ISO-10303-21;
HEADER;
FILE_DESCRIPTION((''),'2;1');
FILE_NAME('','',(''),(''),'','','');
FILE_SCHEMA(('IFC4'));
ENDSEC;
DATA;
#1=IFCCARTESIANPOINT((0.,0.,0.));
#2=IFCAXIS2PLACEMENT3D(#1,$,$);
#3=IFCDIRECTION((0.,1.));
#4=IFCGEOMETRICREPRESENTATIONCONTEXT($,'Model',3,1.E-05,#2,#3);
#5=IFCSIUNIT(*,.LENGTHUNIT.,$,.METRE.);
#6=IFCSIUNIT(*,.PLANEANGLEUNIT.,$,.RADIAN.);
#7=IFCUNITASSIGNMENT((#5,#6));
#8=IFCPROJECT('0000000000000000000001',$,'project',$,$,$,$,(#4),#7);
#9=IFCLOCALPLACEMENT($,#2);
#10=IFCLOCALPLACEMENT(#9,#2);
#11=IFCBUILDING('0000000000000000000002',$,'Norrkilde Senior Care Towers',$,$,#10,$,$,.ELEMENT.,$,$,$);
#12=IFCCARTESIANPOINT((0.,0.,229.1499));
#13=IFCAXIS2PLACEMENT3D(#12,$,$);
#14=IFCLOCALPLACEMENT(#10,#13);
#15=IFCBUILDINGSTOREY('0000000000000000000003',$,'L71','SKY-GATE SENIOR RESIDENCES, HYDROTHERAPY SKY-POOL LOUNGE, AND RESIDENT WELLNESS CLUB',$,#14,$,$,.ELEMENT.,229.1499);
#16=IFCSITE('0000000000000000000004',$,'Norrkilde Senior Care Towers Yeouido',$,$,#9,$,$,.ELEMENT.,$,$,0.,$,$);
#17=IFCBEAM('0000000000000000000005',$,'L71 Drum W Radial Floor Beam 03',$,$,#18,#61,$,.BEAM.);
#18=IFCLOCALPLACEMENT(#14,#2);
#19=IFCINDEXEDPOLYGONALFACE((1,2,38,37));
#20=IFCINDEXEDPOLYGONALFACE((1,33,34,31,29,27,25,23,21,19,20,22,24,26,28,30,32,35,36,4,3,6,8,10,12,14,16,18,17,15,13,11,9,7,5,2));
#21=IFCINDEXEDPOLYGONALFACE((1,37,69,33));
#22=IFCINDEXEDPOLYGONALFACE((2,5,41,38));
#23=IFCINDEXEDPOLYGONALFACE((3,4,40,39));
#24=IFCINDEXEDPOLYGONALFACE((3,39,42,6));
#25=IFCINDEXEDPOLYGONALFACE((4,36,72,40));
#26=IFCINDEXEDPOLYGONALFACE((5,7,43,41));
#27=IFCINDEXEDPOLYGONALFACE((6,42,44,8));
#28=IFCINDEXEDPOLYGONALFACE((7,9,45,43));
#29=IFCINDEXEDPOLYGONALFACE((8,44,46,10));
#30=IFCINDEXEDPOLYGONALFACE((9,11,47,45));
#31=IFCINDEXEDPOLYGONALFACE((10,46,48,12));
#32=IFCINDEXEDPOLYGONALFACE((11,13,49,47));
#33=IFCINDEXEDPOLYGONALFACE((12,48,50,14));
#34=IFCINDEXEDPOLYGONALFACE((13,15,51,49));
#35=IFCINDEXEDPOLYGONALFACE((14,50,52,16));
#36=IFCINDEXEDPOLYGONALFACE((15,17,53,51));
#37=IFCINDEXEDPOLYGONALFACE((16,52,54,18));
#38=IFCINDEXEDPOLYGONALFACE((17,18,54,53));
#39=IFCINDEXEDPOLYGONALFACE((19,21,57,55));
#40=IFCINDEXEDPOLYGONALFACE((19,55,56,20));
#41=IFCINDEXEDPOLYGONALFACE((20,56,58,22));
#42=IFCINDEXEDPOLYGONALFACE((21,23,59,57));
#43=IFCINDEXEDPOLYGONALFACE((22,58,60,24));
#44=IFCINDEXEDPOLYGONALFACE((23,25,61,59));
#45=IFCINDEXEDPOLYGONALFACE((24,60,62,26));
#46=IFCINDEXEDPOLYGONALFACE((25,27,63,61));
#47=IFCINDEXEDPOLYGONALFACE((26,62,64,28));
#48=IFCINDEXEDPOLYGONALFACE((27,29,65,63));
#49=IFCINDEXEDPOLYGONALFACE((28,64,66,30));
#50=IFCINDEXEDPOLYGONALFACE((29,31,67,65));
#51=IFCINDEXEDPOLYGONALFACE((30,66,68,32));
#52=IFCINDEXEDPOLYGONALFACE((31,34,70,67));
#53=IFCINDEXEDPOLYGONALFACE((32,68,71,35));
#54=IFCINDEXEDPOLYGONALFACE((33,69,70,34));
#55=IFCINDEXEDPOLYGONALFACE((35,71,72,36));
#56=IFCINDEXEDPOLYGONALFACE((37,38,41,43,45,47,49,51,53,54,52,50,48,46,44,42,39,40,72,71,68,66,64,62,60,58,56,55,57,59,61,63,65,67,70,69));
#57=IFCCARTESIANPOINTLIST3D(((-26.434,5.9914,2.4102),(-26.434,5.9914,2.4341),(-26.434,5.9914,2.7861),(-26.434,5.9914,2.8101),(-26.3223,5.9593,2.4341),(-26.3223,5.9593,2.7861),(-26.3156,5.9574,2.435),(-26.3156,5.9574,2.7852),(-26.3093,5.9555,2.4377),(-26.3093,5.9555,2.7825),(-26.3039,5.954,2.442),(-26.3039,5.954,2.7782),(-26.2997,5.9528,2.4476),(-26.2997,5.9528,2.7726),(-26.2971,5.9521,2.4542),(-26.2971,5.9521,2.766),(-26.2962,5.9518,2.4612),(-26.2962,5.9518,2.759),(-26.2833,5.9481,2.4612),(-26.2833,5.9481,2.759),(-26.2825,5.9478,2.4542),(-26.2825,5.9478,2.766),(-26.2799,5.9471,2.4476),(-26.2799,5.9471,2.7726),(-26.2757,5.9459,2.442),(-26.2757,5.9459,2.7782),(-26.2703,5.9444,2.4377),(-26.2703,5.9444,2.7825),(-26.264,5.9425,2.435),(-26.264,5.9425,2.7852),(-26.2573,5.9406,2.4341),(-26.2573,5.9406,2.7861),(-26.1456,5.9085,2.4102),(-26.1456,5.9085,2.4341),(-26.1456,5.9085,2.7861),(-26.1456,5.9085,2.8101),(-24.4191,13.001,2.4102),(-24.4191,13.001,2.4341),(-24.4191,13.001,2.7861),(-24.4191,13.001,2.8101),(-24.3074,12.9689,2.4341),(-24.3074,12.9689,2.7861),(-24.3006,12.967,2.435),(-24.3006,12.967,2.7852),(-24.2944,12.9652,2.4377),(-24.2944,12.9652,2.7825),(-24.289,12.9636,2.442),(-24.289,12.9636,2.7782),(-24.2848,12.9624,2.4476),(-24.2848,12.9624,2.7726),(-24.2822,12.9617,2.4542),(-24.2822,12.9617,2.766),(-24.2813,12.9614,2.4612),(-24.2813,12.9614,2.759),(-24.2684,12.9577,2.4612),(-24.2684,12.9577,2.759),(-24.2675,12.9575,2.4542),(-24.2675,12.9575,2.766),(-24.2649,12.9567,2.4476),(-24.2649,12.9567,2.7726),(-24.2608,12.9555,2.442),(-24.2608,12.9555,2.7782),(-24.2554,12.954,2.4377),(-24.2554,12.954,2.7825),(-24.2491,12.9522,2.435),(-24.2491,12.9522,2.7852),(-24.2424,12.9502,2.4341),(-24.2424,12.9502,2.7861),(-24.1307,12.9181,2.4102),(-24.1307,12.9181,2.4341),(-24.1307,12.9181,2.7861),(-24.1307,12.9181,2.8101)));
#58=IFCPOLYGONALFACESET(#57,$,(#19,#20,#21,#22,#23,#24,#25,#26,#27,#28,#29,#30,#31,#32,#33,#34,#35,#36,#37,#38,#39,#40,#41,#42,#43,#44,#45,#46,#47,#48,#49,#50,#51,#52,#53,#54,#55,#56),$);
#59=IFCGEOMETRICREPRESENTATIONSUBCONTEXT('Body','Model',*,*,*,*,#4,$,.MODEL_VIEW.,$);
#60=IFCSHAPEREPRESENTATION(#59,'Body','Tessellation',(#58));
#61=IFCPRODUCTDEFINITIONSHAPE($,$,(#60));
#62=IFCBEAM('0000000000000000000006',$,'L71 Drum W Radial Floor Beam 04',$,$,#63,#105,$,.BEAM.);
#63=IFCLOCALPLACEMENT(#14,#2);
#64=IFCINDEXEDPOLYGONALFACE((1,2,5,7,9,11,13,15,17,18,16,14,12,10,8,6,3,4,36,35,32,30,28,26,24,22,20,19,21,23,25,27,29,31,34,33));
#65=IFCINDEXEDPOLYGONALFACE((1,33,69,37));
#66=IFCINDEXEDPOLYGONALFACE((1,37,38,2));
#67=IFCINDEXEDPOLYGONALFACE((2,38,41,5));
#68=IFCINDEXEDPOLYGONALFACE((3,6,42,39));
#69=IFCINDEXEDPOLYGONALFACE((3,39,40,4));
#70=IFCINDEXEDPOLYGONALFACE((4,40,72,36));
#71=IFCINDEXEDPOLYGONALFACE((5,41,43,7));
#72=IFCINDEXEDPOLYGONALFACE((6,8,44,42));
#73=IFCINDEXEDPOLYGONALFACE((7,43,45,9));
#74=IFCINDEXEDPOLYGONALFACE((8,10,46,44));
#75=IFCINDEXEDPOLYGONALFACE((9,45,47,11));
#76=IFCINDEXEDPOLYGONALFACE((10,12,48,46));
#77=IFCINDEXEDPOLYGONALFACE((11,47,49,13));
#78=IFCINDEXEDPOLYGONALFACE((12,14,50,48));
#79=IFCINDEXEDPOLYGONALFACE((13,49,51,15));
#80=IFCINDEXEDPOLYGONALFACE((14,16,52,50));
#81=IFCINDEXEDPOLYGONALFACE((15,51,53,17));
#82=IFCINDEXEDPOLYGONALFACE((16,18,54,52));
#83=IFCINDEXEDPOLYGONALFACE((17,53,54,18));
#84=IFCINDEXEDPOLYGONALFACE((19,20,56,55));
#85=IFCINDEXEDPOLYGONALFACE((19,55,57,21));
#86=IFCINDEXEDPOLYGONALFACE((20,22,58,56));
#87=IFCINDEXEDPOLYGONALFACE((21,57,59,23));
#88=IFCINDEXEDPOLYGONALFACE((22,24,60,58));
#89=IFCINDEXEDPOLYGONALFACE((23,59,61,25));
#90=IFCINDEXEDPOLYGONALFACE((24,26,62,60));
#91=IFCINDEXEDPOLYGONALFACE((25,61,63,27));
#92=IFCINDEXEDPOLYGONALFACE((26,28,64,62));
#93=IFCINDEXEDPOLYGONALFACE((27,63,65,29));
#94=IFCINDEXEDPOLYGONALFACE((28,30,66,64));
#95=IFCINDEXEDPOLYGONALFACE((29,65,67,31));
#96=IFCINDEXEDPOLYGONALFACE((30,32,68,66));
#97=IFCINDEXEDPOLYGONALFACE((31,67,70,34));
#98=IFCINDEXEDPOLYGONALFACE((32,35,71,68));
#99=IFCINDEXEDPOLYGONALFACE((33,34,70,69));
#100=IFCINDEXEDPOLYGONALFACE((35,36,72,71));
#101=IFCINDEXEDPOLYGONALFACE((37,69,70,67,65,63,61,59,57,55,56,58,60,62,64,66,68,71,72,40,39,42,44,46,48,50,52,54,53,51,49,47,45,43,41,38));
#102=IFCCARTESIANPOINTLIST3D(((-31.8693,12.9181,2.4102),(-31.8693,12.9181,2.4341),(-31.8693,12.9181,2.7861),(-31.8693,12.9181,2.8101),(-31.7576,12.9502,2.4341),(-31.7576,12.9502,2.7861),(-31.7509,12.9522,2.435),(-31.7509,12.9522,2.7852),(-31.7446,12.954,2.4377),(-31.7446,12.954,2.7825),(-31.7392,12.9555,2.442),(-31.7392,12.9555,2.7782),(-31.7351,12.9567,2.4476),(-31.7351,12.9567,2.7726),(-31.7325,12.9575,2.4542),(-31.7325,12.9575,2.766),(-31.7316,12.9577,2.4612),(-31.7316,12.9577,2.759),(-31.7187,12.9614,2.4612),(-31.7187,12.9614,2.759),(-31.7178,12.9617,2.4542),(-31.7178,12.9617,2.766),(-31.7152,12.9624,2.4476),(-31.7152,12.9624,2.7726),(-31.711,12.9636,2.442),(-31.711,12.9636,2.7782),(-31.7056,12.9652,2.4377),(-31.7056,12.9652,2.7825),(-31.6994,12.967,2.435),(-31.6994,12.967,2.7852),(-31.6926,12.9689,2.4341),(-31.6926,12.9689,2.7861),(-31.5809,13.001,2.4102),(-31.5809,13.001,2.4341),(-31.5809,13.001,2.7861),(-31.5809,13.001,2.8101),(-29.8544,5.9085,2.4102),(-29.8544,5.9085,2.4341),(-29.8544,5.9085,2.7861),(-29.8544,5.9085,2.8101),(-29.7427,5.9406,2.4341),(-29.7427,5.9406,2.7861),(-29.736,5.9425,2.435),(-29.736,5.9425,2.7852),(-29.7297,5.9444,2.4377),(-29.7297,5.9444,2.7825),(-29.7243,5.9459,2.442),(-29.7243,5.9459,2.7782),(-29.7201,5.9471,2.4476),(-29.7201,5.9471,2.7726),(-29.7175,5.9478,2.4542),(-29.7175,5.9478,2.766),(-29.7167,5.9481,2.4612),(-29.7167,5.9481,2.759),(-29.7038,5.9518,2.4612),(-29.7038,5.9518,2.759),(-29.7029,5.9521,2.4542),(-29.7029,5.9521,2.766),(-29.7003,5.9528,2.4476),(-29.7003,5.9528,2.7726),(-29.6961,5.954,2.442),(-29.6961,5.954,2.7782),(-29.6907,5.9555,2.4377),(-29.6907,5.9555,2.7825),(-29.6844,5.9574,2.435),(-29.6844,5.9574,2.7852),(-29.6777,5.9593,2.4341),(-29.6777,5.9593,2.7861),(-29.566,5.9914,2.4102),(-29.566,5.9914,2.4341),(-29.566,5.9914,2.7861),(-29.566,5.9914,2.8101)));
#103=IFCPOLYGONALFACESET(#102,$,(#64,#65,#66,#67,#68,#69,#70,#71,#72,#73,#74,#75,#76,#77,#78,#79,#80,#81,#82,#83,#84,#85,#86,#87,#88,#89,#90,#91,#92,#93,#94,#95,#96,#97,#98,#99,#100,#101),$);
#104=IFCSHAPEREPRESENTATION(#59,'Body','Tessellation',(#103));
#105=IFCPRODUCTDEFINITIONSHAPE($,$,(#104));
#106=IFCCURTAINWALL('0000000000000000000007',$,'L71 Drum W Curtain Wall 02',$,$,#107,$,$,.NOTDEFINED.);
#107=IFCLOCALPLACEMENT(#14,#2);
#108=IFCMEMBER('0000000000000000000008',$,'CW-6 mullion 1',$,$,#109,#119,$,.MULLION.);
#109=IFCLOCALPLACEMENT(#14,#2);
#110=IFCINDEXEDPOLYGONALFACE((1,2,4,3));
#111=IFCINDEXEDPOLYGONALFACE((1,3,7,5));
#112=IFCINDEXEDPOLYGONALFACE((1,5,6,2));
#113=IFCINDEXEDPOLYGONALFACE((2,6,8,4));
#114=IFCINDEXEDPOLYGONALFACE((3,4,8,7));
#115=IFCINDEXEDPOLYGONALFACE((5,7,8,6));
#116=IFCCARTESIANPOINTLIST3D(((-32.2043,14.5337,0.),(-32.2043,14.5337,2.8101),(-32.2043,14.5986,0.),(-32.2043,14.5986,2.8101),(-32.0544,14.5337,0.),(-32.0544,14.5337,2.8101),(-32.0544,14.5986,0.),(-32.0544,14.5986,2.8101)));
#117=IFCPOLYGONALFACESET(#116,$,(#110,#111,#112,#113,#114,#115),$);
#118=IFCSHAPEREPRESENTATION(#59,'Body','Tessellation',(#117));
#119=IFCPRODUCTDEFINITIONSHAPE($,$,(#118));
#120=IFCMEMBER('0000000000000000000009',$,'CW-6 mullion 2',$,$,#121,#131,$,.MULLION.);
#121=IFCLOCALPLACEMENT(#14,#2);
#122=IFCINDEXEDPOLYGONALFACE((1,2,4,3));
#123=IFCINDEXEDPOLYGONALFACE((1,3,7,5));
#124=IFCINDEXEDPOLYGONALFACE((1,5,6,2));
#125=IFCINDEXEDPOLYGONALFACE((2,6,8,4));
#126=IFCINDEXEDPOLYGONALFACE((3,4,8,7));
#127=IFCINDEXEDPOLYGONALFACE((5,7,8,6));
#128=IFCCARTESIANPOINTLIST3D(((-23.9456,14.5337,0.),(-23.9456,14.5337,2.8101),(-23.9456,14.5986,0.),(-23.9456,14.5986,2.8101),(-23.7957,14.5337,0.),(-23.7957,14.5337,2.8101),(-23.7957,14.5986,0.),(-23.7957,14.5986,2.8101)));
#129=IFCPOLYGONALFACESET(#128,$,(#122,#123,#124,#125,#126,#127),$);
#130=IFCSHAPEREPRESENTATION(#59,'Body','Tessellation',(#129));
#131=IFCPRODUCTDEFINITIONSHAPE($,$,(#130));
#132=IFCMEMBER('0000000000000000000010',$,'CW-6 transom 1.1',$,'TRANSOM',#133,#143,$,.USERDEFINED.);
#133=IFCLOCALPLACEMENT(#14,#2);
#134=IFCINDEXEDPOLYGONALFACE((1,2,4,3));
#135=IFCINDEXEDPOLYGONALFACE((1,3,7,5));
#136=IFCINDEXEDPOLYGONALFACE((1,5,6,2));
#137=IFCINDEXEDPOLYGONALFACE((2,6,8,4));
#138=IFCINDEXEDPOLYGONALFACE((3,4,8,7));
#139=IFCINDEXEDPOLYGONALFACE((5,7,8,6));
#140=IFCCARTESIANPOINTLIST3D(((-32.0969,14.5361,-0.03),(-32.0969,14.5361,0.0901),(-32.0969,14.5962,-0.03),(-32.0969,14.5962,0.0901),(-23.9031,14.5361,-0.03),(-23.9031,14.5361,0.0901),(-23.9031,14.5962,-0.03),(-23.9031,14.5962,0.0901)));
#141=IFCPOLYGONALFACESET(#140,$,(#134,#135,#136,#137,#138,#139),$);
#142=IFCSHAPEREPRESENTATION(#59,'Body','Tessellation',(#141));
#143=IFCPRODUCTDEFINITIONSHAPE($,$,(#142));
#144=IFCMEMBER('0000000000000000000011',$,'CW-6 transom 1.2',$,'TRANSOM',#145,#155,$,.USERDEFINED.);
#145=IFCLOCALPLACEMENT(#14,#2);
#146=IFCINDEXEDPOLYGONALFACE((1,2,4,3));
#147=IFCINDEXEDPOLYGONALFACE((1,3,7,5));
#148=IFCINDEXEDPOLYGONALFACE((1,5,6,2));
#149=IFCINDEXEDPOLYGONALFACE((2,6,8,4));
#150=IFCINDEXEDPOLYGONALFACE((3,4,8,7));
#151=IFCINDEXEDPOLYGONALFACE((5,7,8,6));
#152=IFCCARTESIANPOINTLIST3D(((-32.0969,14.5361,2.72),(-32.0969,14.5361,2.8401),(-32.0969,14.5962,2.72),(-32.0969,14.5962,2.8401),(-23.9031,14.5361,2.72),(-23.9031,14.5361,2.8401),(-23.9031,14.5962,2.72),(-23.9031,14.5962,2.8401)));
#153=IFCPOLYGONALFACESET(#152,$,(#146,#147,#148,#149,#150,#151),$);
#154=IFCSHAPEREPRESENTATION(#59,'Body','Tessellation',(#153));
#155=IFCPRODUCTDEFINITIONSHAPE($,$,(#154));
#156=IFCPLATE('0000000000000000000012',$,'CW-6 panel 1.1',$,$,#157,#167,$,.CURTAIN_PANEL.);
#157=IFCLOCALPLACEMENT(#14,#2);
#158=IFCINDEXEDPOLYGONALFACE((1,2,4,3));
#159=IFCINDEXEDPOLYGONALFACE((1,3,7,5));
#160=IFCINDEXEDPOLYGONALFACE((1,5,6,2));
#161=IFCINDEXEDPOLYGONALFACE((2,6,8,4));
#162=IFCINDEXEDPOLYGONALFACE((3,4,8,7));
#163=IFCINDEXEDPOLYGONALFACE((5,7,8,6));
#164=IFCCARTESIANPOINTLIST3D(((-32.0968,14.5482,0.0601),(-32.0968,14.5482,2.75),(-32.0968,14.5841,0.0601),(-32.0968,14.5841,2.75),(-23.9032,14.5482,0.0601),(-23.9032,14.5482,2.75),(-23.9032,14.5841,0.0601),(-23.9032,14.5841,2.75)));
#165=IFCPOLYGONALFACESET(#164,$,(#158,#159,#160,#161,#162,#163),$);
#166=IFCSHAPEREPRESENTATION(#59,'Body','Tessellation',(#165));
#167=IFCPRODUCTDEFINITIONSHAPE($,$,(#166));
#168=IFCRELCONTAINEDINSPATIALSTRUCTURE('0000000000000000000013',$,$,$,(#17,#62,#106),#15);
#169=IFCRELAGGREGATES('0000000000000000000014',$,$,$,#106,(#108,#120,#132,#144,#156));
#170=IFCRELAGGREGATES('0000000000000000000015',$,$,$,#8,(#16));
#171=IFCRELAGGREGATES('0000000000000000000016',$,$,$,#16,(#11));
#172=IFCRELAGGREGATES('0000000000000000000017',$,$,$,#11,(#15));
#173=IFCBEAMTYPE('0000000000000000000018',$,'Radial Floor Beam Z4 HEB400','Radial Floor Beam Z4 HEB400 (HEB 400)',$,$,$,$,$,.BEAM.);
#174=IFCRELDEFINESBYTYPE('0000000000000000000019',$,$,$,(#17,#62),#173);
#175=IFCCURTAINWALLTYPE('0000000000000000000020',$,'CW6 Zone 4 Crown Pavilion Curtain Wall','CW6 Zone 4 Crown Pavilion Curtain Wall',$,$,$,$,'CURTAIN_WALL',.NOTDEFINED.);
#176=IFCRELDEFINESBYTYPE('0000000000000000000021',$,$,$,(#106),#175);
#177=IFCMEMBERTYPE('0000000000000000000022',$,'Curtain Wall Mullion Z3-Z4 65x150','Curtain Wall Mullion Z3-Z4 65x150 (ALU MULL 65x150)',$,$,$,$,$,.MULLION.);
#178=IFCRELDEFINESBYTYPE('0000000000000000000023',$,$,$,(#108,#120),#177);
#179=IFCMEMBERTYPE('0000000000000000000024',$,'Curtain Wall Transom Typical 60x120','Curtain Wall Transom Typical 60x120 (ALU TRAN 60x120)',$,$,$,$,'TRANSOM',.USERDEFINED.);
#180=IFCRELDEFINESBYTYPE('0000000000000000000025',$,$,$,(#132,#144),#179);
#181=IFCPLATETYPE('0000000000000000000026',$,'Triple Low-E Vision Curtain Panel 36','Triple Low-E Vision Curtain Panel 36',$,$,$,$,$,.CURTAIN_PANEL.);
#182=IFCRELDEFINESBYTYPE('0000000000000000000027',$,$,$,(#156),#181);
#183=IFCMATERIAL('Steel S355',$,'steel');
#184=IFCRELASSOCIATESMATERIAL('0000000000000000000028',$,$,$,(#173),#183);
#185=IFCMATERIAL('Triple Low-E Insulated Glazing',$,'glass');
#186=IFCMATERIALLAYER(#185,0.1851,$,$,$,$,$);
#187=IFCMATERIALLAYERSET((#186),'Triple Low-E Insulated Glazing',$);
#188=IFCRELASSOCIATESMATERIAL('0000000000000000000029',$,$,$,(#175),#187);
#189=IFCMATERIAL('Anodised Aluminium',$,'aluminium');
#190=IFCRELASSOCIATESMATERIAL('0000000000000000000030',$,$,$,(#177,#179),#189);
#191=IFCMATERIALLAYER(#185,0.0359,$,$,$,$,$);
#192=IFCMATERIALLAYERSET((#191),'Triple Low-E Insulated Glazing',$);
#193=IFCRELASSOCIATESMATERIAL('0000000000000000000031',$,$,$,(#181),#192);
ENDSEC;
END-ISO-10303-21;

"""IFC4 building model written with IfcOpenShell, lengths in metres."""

from ifc_helpers import new_model, si_unit, direction, frame, origin, origin_2d, place, context, subcontext, project, spatial, rectangle, i_section, extrude, source, transform, mapped, material, layer, layer_set, material_profile, profile_set, type_object, type_shapes, element, aggregate, save


model = new_model("IFC4")

# Units and contexts
model_context = context("Model", 3, precision=1e-05, world=origin(), true_north=direction((0.0, 1.0)))
body_context = subcontext(model_context, "Body", "Model", "MODEL_VIEW")
ifc_project = project(units=[si_unit("LENGTHUNIT", "METRE"), si_unit("PLANEANGLEUNIT", "RADIAN")], contexts=[model_context])

# Site, building, storey
site_placement = place(None, origin())
site = spatial("IfcSite", under=ifc_project, at=site_placement, Name="Norrkilde Senior Care Towers Yeouido", CompositionType="ELEMENT", RefElevation=0.0)
building_placement = place(site_placement, origin())
building = spatial("IfcBuilding", under=site, at=building_placement, Name="Norrkilde Senior Care Towers", CompositionType="ELEMENT")
storey_placement = place(building_placement, frame((0.0, 0.0, 229.1499)))
storey = spatial("IfcBuildingStorey", under=building, at=storey_placement, Name="L71", Description="SKY-GATE SENIOR RESIDENCES, HYDROTHERAPY SKY-POOL LOUNGE, AND RESIDENT WELLNESS CLUB", CompositionType="ELEMENT", Elevation=229.1499)

# Beams
ifc_material_1 = material(Name="Steel S355", Category="steel")
ifc_material_profile_1 = material_profile(ifc_material_1, i_section(OverallWidth=0.3, OverallDepth=0.3999, WebThickness=0.0134, FlangeThickness=0.0239, FilletRadius=0.0271, at=origin_2d()), Name="HEB 400")
ifc_profile_set_1 = profile_set([ifc_material_profile_1], Name="Steel S355")
beam_type_1 = type_object("IfcBeamType", Name="Radial Floor Beam Z4 HEB400", Description="Radial Floor Beam Z4 HEB400 (HEB 400)", PredefinedType="BEAM", material=ifc_profile_set_1)
shared_shape_1 = source(origin(), body_context, "Body", "SweptSolid", [
    extrude(i_section(OverallWidth=0.3, OverallDepth=0.3999, WebThickness=0.0134, FlangeThickness=0.0239, FilletRadius=0.0271, at=origin_2d()), origin(), (0.0, 0.0, 1.0), 7.2935),
])
type_shapes(beam_type_1, [shared_shape_1])
for number, where, z_axis, x_axis, name in (
    (1, (-26.2898, 5.95, 2.6101), (0.276264, 0.961082, 0.0), (-0.961082, 0.276264, 0.0), "L71 Drum W Radial Floor Beam 03"),
    (2, (-29.7102, 5.95, 2.6101), (-0.276264, 0.961082, 0.0), (-0.961082, -0.276264, 0.0), "L71 Drum W Radial Floor Beam 04"),
):
    element("IfcBeam", number, at=place(storey_placement, frame(where, z_axis=z_axis, x_axis=x_axis)), inside=storey, type_object=beam_type_1, Name=name, PredefinedType="BEAM", context=body_context, shape_type="MappedRepresentation", body=[
        mapped(shared_shape_1, transform((0.0, 0.0, 0.0), x_axis=(1.0, 0.0, 0.0), y_axis=(0.0, 1.0, 0.0), z_axis=(0.0, 0.0, 1.0), scale=1.0)),
    ])

# Curtain wall, members, plate
ifc_material_2 = material(Name="Triple Low-E Insulated Glazing", Category="glass")
ifc_layer_1 = layer(ifc_material_2, 0.1851)
ifc_layer_set_1 = layer_set([ifc_layer_1], Name="Triple Low-E Insulated Glazing")
curtain_wall_type = type_object("IfcCurtainWallType", Name="CW6 Zone 4 Crown Pavilion Curtain Wall", Description="CW6 Zone 4 Crown Pavilion Curtain Wall", ElementType="CURTAIN_WALL", PredefinedType="NOTDEFINED", material=ifc_layer_set_1)
curtain_wall_placement = place(storey_placement, origin())
curtain_wall = element("IfcCurtainWall", 3, at=curtain_wall_placement, inside=storey, type_object=curtain_wall_type, Name="L71 Drum W Curtain Wall 02", PredefinedType="NOTDEFINED")
ifc_material_3 = material(Name="Anodised Aluminium", Category="aluminium")
ifc_material_profile_2 = material_profile(ifc_material_3, rectangle(XDim=0.0649, YDim=0.1499, at=origin_2d()), Name="ALU MULL 65x150")
ifc_profile_set_2 = profile_set([ifc_material_profile_2], Name="Anodised Aluminium")
member_type_1 = type_object("IfcMemberType", Name="Curtain Wall Mullion Z3-Z4 65x150", Description="Curtain Wall Mullion Z3-Z4 65x150 (ALU MULL 65x150)", PredefinedType="MULLION", material=ifc_profile_set_2)
shared_shape_2 = source(origin(), body_context, "Body", "SweptSolid", [
    extrude(rectangle(XDim=0.0649, YDim=0.1499, at=origin_2d()), origin(), (0.0, 0.0, 1.0), 2.8101),
])
type_shapes(member_type_1, [shared_shape_2])
member_1_placement = place(storey_placement, frame((-32.1294, 14.5662, 0.0), z_axis=(0.0, 0.0, 1.0), x_axis=(0.0, 1.0, 0.0)))
member_1 = element("IfcMember", 4, at=member_1_placement, type_object=member_type_1, Name="CW-6 mullion 1", PredefinedType="MULLION", context=body_context, shape_type="MappedRepresentation", body=[
    mapped(shared_shape_2, transform((0.0, 0.0, 0.0), x_axis=(1.0, 0.0, 0.0), y_axis=(0.0, 1.0, 0.0), z_axis=(0.0, 0.0, 1.0), scale=1.0)),
])
member_2_placement = place(storey_placement, frame((-23.8706, 14.5662, 0.0), z_axis=(0.0, 0.0, 1.0), x_axis=(0.0, 1.0, 0.0)))
member_2 = element("IfcMember", 5, at=member_2_placement, type_object=member_type_1, Name="CW-6 mullion 2", PredefinedType="MULLION", context=body_context, shape_type="MappedRepresentation", body=[
    mapped(shared_shape_2, transform((0.0, 0.0, 0.0), x_axis=(1.0, 0.0, 0.0), y_axis=(0.0, 1.0, 0.0), z_axis=(0.0, 0.0, 1.0), scale=1.0)),
])
ifc_material_profile_3 = material_profile(ifc_material_3, rectangle(XDim=0.0601, YDim=0.1201, at=origin_2d()), Name="ALU TRAN 60x120")
ifc_profile_set_3 = profile_set([ifc_material_profile_3], Name="Anodised Aluminium")
member_type_2 = type_object("IfcMemberType", Name="Curtain Wall Transom Typical 60x120", Description="Curtain Wall Transom Typical 60x120 (ALU TRAN 60x120)", ElementType="TRANSOM", PredefinedType="USERDEFINED", material=ifc_profile_set_3)
shared_shape_3 = source(origin(), body_context, "Body", "SweptSolid", [
    extrude(rectangle(XDim=0.0601, YDim=0.1201, at=origin_2d()), origin(), (0.0, 0.0, 1.0), 8.1938),
])
type_shapes(member_type_2, [shared_shape_3])
member_3_placement = place(storey_placement, frame((-32.0969, 14.5662, 0.03), z_axis=(1.0, 0.0, 0.0), x_axis=(0.0, 1.0, 0.0)))
member_3 = element("IfcMember", 6, at=member_3_placement, type_object=member_type_2, Name="CW-6 transom 1.1", ObjectType="TRANSOM", PredefinedType="USERDEFINED", context=body_context, shape_type="MappedRepresentation", body=[
    mapped(shared_shape_3, transform((0.0, 0.0, 0.0), x_axis=(1.0, 0.0, 0.0), y_axis=(0.0, 1.0, 0.0), z_axis=(0.0, 0.0, 1.0), scale=1.0)),
])
member_4_placement = place(storey_placement, frame((-32.0969, 14.5662, 2.78), z_axis=(1.0, 0.0, 0.0), x_axis=(0.0, 1.0, 0.0)))
member_4 = element("IfcMember", 7, at=member_4_placement, type_object=member_type_2, Name="CW-6 transom 1.2", ObjectType="TRANSOM", PredefinedType="USERDEFINED", context=body_context, shape_type="MappedRepresentation", body=[
    mapped(shared_shape_3, transform((0.0, 0.0, 0.0), x_axis=(1.0, 0.0, 0.0), y_axis=(0.0, 1.0, 0.0), z_axis=(0.0, 0.0, 1.0), scale=1.0)),
])
ifc_layer_2 = layer(ifc_material_2, 0.0359)
ifc_layer_set_2 = layer_set([ifc_layer_2], Name="Triple Low-E Insulated Glazing")
plate_type = type_object("IfcPlateType", Name="Triple Low-E Vision Curtain Panel 36", Description="Triple Low-E Vision Curtain Panel 36", PredefinedType="CURTAIN_PANEL", material=ifc_layer_set_2)
shared_shape_4 = source(origin(), body_context, "Body", "SweptSolid", [
    extrude(rectangle(XDim=8.1936, YDim=0.0359, at=origin_2d()), origin(), (0.0, 0.0, 1.0), 2.6899),
])
type_shapes(plate_type, [shared_shape_4])
plate_placement = place(storey_placement, frame((-28.0, 14.5662, 0.0601), z_axis=(0.0, 0.0, 1.0), x_axis=(1.0, 0.0, 0.0)))
plate = element("IfcPlate", 8, at=plate_placement, type_object=plate_type, Name="CW-6 panel 1.1", PredefinedType="CURTAIN_PANEL", context=body_context, shape_type="MappedRepresentation", body=[
    mapped(shared_shape_4, transform((0.0, 0.0, 0.0), x_axis=(1.0, 0.0, 0.0), y_axis=(0.0, 1.0, 0.0), z_axis=(0.0, 0.0, 1.0), scale=1.0)),
])
aggregate(curtain_wall, [member_1, member_2, member_3, member_4, plate])

save(model, "model.ifc")
